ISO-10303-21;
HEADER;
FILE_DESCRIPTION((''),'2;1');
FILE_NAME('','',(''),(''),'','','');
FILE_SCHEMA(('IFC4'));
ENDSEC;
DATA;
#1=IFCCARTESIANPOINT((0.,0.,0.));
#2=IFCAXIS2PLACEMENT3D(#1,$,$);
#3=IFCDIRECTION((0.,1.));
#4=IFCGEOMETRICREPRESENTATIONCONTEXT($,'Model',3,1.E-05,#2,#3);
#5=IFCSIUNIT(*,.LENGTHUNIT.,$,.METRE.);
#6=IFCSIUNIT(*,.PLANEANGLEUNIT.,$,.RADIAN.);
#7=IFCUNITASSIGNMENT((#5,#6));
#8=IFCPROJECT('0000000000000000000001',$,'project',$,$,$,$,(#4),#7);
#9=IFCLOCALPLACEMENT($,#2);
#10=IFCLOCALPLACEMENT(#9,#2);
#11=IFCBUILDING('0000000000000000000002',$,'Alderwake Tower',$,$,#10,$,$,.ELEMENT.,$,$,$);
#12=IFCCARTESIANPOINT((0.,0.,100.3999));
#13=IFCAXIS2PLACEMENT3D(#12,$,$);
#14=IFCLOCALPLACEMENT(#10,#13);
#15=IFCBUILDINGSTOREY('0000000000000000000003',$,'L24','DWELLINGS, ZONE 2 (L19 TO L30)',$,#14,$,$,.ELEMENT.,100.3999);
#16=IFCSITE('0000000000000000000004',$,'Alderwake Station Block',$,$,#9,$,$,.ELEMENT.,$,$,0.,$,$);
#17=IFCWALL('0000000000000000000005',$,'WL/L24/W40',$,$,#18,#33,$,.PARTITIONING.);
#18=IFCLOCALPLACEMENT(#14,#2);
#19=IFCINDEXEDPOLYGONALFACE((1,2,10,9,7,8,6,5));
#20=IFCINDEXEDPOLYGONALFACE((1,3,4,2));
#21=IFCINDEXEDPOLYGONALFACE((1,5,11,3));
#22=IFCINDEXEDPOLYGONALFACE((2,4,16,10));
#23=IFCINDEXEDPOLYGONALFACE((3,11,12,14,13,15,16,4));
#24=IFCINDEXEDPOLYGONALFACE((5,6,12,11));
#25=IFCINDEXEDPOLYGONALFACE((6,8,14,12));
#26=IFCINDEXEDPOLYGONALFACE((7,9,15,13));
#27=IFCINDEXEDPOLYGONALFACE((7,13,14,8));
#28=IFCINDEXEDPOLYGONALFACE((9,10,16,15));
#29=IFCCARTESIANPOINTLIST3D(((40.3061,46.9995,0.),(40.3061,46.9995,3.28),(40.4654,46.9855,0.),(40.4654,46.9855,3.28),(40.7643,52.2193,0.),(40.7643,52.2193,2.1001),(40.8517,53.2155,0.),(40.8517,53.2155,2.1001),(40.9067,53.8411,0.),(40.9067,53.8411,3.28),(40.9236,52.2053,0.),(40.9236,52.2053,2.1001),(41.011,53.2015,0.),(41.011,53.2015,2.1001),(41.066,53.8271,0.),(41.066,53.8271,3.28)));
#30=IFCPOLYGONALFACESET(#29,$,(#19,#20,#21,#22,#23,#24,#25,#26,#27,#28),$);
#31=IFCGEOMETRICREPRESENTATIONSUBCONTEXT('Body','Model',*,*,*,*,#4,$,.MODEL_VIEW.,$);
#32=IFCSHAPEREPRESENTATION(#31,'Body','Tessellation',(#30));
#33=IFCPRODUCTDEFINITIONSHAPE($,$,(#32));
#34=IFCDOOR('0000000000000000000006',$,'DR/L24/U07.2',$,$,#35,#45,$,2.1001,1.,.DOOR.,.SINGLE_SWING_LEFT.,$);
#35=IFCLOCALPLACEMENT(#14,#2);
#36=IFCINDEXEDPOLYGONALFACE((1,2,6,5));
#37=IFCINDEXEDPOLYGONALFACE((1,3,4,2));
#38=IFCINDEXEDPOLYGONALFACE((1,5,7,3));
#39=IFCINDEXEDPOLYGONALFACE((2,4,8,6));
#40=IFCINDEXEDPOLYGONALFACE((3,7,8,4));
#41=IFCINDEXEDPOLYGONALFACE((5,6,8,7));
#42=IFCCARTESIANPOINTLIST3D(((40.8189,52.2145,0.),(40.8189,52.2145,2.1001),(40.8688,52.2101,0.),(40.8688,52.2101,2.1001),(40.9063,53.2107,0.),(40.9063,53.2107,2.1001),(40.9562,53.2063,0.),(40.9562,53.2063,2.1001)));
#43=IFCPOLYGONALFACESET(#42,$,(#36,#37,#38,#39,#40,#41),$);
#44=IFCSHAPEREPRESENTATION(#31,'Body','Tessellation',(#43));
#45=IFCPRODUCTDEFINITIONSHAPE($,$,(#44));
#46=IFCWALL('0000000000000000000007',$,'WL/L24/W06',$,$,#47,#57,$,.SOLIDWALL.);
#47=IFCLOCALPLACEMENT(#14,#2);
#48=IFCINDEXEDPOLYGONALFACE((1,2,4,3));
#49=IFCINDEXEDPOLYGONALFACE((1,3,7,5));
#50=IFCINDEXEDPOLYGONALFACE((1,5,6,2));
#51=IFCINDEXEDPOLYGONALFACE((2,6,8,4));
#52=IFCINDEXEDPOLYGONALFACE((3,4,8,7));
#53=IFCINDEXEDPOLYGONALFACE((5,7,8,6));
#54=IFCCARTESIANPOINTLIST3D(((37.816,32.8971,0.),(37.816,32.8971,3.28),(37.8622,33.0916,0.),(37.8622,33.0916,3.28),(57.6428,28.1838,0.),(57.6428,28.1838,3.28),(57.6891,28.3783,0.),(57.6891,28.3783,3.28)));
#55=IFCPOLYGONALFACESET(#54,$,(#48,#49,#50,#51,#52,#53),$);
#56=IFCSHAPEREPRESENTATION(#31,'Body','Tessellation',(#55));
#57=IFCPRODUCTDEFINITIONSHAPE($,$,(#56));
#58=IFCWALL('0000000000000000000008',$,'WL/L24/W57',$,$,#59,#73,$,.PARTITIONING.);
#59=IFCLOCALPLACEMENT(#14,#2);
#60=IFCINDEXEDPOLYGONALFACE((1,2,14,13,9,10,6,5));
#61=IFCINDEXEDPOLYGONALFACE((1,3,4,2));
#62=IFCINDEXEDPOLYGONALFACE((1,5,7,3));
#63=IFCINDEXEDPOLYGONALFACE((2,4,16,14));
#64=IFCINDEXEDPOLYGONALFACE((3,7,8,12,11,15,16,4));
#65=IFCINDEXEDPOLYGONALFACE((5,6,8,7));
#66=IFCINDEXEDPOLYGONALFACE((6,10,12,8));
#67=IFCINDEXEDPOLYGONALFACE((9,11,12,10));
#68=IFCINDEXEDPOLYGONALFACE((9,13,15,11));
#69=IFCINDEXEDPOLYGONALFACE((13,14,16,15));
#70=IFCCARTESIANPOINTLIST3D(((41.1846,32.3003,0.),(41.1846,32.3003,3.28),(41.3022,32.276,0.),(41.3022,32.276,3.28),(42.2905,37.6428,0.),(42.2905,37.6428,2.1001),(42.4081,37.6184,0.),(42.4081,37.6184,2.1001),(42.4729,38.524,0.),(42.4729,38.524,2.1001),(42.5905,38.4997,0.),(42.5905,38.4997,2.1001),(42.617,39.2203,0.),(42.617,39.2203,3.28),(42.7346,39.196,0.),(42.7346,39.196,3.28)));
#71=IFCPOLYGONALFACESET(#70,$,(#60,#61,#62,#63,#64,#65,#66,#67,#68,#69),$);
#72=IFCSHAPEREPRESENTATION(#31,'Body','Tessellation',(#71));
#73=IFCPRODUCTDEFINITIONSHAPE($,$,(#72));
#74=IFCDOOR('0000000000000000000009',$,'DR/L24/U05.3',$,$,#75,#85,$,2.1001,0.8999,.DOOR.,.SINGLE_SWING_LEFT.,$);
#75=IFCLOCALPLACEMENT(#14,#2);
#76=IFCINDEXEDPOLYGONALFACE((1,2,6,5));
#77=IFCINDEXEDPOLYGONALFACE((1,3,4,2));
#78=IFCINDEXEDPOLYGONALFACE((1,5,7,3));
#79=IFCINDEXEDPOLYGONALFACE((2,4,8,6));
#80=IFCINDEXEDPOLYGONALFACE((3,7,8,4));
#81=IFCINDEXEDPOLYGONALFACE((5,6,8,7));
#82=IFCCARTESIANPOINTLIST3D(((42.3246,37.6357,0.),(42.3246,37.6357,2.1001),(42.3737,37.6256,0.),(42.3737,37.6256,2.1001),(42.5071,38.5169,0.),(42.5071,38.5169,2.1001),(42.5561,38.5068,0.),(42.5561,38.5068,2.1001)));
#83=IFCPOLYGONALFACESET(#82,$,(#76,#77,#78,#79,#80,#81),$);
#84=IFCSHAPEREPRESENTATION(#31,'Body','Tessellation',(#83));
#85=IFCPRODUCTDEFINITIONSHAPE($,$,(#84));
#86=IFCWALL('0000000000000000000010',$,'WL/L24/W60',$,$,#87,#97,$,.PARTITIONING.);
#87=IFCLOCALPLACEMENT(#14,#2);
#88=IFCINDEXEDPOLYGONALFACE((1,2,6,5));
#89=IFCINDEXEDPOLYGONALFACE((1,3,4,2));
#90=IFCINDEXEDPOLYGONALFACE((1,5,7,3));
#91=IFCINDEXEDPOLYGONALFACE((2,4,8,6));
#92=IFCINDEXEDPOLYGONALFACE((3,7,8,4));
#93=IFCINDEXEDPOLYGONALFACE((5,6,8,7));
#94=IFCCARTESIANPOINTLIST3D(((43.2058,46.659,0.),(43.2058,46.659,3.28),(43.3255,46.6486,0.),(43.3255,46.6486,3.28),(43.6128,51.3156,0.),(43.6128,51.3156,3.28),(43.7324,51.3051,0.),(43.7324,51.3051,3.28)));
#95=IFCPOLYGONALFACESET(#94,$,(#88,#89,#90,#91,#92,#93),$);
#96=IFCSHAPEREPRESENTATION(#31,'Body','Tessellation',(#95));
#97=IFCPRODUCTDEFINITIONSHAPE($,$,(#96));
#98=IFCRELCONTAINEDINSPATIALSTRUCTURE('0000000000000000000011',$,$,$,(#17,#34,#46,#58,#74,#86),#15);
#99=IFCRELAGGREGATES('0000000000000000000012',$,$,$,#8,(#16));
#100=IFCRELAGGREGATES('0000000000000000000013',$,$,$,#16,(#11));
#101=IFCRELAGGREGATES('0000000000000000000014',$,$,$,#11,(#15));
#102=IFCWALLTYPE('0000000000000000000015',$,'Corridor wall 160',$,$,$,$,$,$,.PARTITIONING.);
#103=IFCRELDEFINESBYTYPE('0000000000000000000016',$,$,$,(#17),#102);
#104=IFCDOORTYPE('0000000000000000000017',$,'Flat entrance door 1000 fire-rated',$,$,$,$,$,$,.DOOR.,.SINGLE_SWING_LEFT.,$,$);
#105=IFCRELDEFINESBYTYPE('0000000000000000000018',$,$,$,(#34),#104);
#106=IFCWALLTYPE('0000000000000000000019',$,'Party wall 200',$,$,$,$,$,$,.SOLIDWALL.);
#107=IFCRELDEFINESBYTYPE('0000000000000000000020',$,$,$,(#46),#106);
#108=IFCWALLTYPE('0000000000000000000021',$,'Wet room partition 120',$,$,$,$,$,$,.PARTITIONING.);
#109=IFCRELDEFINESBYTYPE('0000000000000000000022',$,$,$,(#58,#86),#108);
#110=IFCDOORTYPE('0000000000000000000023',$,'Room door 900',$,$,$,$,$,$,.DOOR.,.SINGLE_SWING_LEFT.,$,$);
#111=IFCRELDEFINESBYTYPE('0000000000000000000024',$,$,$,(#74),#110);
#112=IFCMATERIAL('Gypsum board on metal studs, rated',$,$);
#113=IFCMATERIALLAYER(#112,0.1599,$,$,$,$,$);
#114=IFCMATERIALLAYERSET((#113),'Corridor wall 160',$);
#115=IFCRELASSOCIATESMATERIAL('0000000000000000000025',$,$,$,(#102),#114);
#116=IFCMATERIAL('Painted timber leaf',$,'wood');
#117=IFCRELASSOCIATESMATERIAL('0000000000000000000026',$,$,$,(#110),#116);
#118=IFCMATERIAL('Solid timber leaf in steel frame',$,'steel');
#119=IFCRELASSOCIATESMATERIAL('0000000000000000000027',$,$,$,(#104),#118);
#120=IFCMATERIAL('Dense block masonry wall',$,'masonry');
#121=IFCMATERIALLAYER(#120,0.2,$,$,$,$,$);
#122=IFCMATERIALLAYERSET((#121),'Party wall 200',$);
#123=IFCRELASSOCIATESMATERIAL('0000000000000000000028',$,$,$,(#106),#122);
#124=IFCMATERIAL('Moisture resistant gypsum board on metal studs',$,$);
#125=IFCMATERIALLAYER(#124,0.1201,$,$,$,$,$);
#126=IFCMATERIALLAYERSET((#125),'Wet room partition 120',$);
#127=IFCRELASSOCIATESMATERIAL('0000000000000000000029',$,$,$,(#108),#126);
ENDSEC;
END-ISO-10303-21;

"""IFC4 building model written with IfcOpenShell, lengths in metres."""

from ifc_helpers import new_model, si_unit, direction, frame, frame_2d, origin, place, context, subcontext, project, spatial, rectangle, extrude, material, layer, layer_set, type_object, element, fill, save


model = new_model("IFC4")

# Units and contexts
model_context = context("Model", 3, precision=1e-05, world=origin(), true_north=direction((0.0, 1.0)))
body_context = subcontext(model_context, "Body", "Model", "MODEL_VIEW")
ifc_project = project(units=[si_unit("LENGTHUNIT", "METRE"), si_unit("PLANEANGLEUNIT", "RADIAN")], contexts=[model_context])

# Site, building, storey
site_placement = place(None, origin())
site = spatial("IfcSite", under=ifc_project, at=site_placement, Name="Alderwake Station Block", CompositionType="ELEMENT", RefElevation=0.0)
building_placement = place(site_placement, origin())
building = spatial("IfcBuilding", under=site, at=building_placement, Name="Alderwake Tower", CompositionType="ELEMENT")
storey_placement = place(building_placement, frame((0.0, 0.0, 100.3999)))
storey = spatial("IfcBuildingStorey", under=building, at=storey_placement, Name="L24", Description="DWELLINGS, ZONE 2 (L19 TO L30)", CompositionType="ELEMENT", Elevation=100.3999)

# Shared definitions
ifc_material_1 = material(Name="Gypsum board on metal studs, rated")
ifc_layer_1 = layer(ifc_material_1, 0.1599)
ifc_layer_set_1 = layer_set([ifc_layer_1], Name="Corridor wall 160")
wall_type_1 = type_object("IfcWallType", Name="Corridor wall 160", PredefinedType="PARTITIONING", material=ifc_layer_set_1)
ifc_material_2 = material(Name="Painted timber leaf", Category="wood")
door_type_1 = type_object("IfcDoorType", Name="Room door 900", OperationType="SINGLE_SWING_LEFT", PredefinedType="DOOR", material=ifc_material_2)

# Wall, opening, door
ifc_material_3 = material(Name="Solid timber leaf in steel frame", Category="steel")
door_type_2 = type_object("IfcDoorType", Name="Flat entrance door 1000 fire-rated", OperationType="SINGLE_SWING_LEFT", PredefinedType="DOOR", material=ifc_material_3)
wall_1_placement = place(storey_placement, frame((40.9863, 53.8342, 0.0), z_axis=(0.0, 0.0, 1.0), x_axis=(-0.087449, -0.996169, 0.0)))
wall_1 = element("IfcWall", 1, at=wall_1_placement, inside=storey, type_object=wall_type_1, Name="WL/L24/W40", PredefinedType="PARTITIONING", context=body_context, shape_type="SweptSolid", body=[
    extrude(rectangle(XDim=6.8679, YDim=0.1599, at=frame_2d((3.4341, 0.0))), origin(), (0.0, 0.0, 1.0), 3.28),
])
opening_1_placement = place(wall_1_placement, frame((0.6282, 0.0, 0.0)))
opening_1 = element("IfcOpeningElement", 2, at=opening_1_placement, cuts=wall_1, PredefinedType="OPENING", context=body_context, shape_type="SweptSolid", body=[
    extrude(rectangle(XDim=1.0, YDim=2.1001, at=frame_2d((0.5, 1.05))), frame((0.0, 0.0898, 0.0), z_axis=(0.0, -1.0, 0.0), x_axis=(1.0, 0.0, 0.0)), (0.0, 0.0, 1.0), 0.1799),
])
door_1_placement = place(opening_1_placement, origin())
door_1 = element("IfcDoor", 3, at=door_1_placement, inside=storey, type_object=door_type_2, Name="DR/L24/U07.2", OperationType="SINGLE_SWING_LEFT", OverallHeight=2.1001, OverallWidth=1.0, PredefinedType="DOOR", context=body_context, shape_type="SweptSolid", body=[
    extrude(rectangle(XDim=1.0, YDim=2.1001, at=frame_2d((0.5, 1.05))), frame((0.0, 0.0249, 0.0), z_axis=(0.0, -1.0, 0.0), x_axis=(1.0, 0.0, 0.0)), (0.0, 0.0, 1.0), 0.05),
])
fill(opening_1, door_1)

# Wall
ifc_material_4 = material(Name="Dense block masonry wall", Category="masonry")
ifc_layer_2 = layer(ifc_material_4, 0.2)
ifc_layer_set_2 = layer_set([ifc_layer_2], Name="Party wall 200")
wall_type_2 = type_object("IfcWallType", Name="Party wall 200", PredefinedType="SOLIDWALL", material=ifc_layer_set_2)
wall_2_placement = place(storey_placement, frame((37.8391, 32.9944, 0.0), z_axis=(0.0, 0.0, 1.0), x_axis=(0.972887, -0.231281, 0.0)))
element("IfcWall", 4, at=wall_2_placement, inside=storey, type_object=wall_type_2, Name="WL/L24/W06", PredefinedType="SOLIDWALL", context=body_context, shape_type="SweptSolid", body=[
    extrude(rectangle(XDim=20.3794, YDim=0.2, at=frame_2d((10.1897, 0.0))), origin(), (0.0, 0.0, 1.0), 3.28),
])

# Wall, opening, door
ifc_material_5 = material(Name="Moisture resistant gypsum board on metal studs")
ifc_layer_3 = layer(ifc_material_5, 0.1201)
ifc_layer_set_3 = layer_set([ifc_layer_3], Name="Wet room partition 120")
wall_type_3 = type_object("IfcWallType", Name="Wet room partition 120", PredefinedType="PARTITIONING", material=ifc_layer_set_3)
wall_3_placement = place(storey_placement, frame((42.6758, 39.208, 0.0), z_axis=(0.0, 0.0, 1.0), x_axis=(-0.202696, -0.979242, 0.0)))
wall_3 = element("IfcWall", 5, at=wall_3_placement, inside=storey, type_object=wall_type_3, Name="WL/L24/W57", PredefinedType="PARTITIONING", context=body_context, shape_type="SweptSolid", body=[
    extrude(rectangle(XDim=7.0667, YDim=0.1201, at=frame_2d((3.5332, 0.0))), origin(), (0.0, 0.0, 1.0), 3.28),
])
opening_2_placement = place(wall_3_placement, frame((0.7109, 0.0, 0.0)))
opening_2 = element("IfcOpeningElement", 6, at=opening_2_placement, cuts=wall_3, PredefinedType="OPENING", context=body_context, shape_type="SweptSolid", body=[
    extrude(rectangle(XDim=0.8999, YDim=2.1001, at=frame_2d((0.45, 1.05))), frame((0.0, 0.0701, 0.0), z_axis=(0.0, -1.0, 0.0), x_axis=(1.0, 0.0, 0.0)), (0.0, 0.0, 1.0), 0.1401),
])
door_2_placement = place(opening_2_placement, origin())
door_2 = element("IfcDoor", 7, at=door_2_placement, inside=storey, type_object=door_type_1, Name="DR/L24/U05.3", OperationType="SINGLE_SWING_LEFT", OverallHeight=2.1001, OverallWidth=0.8999, PredefinedType="DOOR", context=body_context, shape_type="SweptSolid", body=[
    extrude(rectangle(XDim=0.8999, YDim=2.1001, at=frame_2d((0.45, 1.05))), frame((0.0, 0.0249, 0.0), z_axis=(0.0, -1.0, 0.0), x_axis=(1.0, 0.0, 0.0)), (0.0, 0.0, 1.0), 0.05),
])
fill(opening_2, door_2)

# Wall
wall_4_placement = place(storey_placement, frame((43.2656, 46.6538, 0.0), z_axis=(0.0, 0.0, 1.0), x_axis=(0.087069, 0.996202, 0.0)))
element("IfcWall", 8, at=wall_4_placement, inside=storey, type_object=wall_type_3, Name="WL/L24/W60", PredefinedType="PARTITIONING", context=body_context, shape_type="SweptSolid", body=[
    extrude(rectangle(XDim=4.6743, YDim=0.1201, at=frame_2d((2.3372, 0.0))), origin(), (0.0, 0.0, 1.0), 3.28),
])

save(model, "model.ifc")
